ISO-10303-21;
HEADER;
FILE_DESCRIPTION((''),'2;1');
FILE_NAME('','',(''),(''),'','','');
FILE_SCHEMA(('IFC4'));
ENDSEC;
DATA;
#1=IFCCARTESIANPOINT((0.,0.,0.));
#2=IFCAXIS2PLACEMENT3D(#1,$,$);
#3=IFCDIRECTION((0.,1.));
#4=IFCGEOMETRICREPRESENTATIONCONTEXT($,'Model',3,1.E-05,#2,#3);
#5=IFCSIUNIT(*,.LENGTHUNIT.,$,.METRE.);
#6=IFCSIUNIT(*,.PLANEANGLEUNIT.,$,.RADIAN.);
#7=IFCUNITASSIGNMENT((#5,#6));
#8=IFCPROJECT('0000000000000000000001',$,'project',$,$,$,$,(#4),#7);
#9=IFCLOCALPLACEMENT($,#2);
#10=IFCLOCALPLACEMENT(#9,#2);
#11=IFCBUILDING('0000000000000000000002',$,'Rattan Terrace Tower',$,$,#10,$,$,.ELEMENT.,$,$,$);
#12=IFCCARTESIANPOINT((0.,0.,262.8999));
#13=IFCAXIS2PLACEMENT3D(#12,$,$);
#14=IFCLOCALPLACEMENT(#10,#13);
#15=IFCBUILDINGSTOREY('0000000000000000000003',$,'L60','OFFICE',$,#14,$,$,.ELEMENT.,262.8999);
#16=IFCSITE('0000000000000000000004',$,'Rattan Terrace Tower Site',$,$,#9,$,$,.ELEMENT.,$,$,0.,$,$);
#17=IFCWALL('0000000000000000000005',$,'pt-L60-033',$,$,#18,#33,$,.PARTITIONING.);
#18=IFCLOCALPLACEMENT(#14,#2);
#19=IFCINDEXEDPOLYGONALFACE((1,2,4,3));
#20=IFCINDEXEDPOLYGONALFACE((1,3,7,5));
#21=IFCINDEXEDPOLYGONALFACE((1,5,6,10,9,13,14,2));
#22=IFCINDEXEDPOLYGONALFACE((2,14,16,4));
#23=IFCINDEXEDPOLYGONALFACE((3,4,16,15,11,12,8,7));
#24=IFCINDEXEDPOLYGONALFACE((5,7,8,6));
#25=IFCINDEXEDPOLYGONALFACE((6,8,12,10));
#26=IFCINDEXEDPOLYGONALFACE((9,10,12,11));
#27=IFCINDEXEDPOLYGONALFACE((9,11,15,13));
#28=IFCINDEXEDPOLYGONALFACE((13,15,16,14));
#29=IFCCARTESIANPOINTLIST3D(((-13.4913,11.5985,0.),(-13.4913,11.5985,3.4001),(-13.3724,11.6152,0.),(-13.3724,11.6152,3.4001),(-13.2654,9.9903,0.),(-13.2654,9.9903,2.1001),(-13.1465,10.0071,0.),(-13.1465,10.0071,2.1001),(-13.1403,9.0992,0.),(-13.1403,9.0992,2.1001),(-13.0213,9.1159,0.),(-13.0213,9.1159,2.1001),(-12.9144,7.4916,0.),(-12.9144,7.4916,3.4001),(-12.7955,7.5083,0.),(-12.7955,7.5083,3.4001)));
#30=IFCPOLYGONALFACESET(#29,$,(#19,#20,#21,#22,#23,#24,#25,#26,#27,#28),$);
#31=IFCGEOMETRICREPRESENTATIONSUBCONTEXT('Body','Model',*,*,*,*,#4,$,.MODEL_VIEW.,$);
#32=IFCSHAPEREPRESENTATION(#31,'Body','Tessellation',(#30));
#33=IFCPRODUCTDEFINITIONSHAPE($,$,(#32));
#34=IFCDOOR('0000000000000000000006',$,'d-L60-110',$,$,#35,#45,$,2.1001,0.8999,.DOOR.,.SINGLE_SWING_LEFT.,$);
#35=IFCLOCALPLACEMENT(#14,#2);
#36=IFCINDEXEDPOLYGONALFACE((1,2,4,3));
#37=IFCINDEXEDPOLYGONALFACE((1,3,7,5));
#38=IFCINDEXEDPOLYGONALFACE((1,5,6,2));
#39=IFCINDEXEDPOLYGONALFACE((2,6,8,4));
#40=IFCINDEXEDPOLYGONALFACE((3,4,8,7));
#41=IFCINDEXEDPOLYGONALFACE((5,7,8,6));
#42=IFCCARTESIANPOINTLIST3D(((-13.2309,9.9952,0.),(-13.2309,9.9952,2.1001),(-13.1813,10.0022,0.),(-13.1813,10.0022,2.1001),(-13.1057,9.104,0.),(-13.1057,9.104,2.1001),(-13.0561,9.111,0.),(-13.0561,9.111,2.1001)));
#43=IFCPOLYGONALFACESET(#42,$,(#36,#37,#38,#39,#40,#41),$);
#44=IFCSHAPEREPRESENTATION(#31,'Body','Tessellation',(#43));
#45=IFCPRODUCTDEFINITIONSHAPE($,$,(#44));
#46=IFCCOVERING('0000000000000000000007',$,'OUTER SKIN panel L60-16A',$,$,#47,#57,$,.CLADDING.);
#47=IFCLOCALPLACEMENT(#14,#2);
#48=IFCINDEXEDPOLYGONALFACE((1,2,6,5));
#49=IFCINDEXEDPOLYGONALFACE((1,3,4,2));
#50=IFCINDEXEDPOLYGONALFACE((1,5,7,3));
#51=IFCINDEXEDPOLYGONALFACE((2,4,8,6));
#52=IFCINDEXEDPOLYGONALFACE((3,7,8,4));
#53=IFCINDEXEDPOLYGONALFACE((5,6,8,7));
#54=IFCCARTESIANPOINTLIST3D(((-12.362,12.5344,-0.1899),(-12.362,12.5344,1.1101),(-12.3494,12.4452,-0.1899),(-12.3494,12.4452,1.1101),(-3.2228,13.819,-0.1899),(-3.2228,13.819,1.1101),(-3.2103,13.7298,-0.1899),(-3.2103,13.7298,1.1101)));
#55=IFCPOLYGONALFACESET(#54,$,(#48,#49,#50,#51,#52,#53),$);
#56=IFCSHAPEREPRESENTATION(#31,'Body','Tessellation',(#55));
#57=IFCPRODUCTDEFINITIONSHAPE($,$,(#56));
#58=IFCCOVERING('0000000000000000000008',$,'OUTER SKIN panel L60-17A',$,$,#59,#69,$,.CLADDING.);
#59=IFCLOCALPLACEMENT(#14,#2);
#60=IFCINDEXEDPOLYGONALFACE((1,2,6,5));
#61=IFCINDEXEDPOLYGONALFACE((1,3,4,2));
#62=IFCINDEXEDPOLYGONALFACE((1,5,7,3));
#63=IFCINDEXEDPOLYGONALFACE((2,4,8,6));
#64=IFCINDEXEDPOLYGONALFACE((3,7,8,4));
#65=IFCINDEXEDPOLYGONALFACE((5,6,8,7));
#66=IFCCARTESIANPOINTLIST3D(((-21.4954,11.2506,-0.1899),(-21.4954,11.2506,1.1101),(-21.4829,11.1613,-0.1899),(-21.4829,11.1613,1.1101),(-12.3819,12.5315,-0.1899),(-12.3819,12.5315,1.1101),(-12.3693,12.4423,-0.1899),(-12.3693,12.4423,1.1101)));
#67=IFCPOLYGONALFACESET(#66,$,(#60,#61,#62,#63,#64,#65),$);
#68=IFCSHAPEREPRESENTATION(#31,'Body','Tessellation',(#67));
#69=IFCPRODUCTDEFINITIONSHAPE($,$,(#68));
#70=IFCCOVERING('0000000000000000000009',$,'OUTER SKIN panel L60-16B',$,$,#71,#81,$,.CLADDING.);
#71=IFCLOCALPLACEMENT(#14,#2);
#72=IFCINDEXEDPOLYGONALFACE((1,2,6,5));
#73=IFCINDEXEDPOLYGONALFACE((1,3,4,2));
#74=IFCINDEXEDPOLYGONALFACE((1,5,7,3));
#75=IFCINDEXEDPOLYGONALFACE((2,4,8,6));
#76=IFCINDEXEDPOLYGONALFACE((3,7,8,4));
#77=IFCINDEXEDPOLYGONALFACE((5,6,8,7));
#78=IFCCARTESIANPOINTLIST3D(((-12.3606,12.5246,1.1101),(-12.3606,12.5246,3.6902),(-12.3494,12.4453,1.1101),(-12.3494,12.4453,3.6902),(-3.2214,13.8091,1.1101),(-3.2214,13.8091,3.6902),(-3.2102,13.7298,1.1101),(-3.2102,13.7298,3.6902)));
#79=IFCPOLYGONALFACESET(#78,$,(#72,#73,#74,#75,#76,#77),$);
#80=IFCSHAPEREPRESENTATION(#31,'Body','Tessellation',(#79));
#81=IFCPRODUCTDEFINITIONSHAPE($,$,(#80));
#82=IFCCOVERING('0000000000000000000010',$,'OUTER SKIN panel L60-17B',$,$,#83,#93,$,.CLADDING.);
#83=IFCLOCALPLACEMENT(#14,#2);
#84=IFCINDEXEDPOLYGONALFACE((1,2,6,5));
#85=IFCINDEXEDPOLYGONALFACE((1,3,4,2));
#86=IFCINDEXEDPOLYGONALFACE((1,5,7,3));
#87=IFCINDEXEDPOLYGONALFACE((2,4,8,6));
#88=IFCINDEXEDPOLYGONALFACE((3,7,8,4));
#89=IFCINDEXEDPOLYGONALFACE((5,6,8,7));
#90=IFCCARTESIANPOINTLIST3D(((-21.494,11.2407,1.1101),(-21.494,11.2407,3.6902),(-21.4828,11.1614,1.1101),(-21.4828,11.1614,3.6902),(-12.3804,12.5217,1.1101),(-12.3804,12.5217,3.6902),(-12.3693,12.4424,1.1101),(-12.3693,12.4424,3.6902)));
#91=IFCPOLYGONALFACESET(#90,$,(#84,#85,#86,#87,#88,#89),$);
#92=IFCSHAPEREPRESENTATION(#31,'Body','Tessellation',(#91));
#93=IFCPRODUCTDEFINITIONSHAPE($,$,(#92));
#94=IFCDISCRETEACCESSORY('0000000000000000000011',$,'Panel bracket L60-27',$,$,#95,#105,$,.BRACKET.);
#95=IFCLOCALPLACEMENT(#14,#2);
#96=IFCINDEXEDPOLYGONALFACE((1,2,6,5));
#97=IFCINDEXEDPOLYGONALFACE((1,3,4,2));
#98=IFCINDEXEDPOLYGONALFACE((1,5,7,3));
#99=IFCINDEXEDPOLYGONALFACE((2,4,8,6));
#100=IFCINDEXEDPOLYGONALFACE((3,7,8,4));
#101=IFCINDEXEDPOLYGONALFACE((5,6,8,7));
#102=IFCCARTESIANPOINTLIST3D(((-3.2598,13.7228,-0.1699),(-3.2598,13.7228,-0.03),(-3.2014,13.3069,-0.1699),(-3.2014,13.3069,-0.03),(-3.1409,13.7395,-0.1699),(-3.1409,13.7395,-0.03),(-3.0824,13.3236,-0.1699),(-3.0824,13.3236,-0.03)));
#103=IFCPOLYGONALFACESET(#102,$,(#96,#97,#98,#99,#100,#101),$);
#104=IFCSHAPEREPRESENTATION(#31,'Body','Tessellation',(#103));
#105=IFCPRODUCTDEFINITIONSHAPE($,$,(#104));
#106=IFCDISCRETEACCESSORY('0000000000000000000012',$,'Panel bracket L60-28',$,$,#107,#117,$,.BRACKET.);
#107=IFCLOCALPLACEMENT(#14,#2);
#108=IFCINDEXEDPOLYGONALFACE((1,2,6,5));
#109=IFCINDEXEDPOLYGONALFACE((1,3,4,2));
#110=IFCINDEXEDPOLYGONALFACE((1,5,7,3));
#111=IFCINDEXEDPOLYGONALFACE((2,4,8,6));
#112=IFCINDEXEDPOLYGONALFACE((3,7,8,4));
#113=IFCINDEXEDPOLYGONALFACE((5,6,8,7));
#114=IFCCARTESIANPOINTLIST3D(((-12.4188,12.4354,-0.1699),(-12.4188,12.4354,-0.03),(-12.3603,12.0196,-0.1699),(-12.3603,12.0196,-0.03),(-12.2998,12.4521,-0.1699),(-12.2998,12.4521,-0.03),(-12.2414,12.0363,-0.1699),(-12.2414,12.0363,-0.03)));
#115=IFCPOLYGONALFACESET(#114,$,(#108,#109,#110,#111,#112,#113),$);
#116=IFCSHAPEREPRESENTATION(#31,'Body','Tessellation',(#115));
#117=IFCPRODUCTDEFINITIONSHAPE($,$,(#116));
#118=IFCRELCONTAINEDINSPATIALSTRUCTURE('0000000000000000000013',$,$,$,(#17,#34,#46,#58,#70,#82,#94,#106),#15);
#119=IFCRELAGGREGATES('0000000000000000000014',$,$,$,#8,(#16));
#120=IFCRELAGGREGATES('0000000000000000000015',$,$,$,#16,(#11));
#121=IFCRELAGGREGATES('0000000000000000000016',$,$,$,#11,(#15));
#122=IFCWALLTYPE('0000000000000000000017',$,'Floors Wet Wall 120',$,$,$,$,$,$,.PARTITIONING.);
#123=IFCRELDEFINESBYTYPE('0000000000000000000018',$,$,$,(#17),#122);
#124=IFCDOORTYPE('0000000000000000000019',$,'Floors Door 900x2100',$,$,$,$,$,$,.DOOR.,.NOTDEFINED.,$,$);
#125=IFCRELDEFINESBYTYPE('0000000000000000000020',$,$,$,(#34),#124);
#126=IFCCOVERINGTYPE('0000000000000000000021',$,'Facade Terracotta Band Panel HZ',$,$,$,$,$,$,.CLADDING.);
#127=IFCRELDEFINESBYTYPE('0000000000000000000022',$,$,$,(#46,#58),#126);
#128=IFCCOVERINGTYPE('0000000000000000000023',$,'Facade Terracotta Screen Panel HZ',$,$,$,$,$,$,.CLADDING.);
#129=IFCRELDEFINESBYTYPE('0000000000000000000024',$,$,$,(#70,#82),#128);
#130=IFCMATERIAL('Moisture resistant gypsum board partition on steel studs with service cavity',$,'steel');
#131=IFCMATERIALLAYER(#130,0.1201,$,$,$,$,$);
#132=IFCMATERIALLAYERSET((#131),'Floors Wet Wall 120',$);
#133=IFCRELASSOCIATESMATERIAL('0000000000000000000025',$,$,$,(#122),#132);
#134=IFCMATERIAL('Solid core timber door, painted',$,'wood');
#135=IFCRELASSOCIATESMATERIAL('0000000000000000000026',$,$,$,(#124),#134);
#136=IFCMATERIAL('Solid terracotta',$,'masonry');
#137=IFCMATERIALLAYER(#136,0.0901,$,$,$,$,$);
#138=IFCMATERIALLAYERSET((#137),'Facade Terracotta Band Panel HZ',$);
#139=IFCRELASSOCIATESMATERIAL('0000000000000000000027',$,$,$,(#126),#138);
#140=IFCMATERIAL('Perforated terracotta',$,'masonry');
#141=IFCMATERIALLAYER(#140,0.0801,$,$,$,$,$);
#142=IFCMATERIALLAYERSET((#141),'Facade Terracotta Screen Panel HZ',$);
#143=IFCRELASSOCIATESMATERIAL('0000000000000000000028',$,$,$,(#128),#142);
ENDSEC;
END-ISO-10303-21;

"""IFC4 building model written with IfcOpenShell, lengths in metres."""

from ifc_helpers import new_model, si_unit, direction, frame, frame_2d, origin, origin_2d, place, context, subcontext, project, spatial, rectangle, extrude, material, layer, layer_set, type_object, element, fill, save


model = new_model("IFC4")

# Units and contexts
model_context = context("Model", 3, precision=1e-05, world=origin(), true_north=direction((0.0, 1.0)))
body_context = subcontext(model_context, "Body", "Model", "MODEL_VIEW")
ifc_project = project(units=[si_unit("LENGTHUNIT", "METRE"), si_unit("PLANEANGLEUNIT", "RADIAN")], contexts=[model_context])

# Site, building, storey
site_placement = place(None, origin())
site = spatial("IfcSite", under=ifc_project, at=site_placement, Name="Rattan Terrace Tower Site", CompositionType="ELEMENT", RefElevation=0.0)
building_placement = place(site_placement, origin())
building = spatial("IfcBuilding", under=site, at=building_placement, Name="Rattan Terrace Tower", CompositionType="ELEMENT")
storey_placement = place(building_placement, frame((0.0, 0.0, 262.8999)))
storey = spatial("IfcBuildingStorey", under=building, at=storey_placement, Name="L60", Description="OFFICE", CompositionType="ELEMENT", Elevation=262.8999)

# Wall, opening, door
ifc_material_1 = material(Name="Moisture resistant gypsum board partition on steel studs with service cavity", Category="steel")
ifc_layer_1 = layer(ifc_material_1, 0.1201)
ifc_layer_set_1 = layer_set([ifc_layer_1], Name="Floors Wet Wall 120")
wall_type_1 = type_object("IfcWallType", Name="Floors Wet Wall 120", PredefinedType="PARTITIONING", material=ifc_layer_set_1)
wall_1_placement = place(storey_placement, frame((-13.4319, 11.6069, 0.0), z_axis=(0.0, 0.0, 1.0), x_axis=(0.139105, -0.990278, 0.0)))
wall_1 = element("IfcWall", 1, at=wall_1_placement, inside=storey, type_object=wall_type_1, Name="pt-L60-033", PredefinedType="PARTITIONING", context=body_context, shape_type="SweptSolid", body=[
    extrude(rectangle(XDim=4.1472, YDim=0.1201, at=frame_2d((2.0737, 0.0))), origin(), (0.0, 0.0, 1.0), 3.4001),
])
opening_1_placement = place(wall_1_placement, frame((1.624, 0.0, 0.0)))
opening_1 = element("IfcOpeningElement", 2, at=opening_1_placement, cuts=wall_1, PredefinedType="OPENING", context=body_context, shape_type="SweptSolid", body=[
    extrude(rectangle(XDim=0.8999, YDim=2.1001, at=frame_2d((0.45, 1.05))), frame((0.0, 0.0706, 0.0), z_axis=(0.0, -1.0, 0.0), x_axis=(1.0, 0.0, 0.0)), (0.0, 0.0, 1.0), 0.1411),
])
ifc_material_2 = material(Name="Solid core timber door, painted", Category="wood")
door_type_1 = type_object("IfcDoorType", Name="Floors Door 900x2100", OperationType="NOTDEFINED", PredefinedType="DOOR", material=ifc_material_2)
door_1_placement = place(opening_1_placement, origin())
door_1 = element("IfcDoor", 3, at=door_1_placement, inside=storey, type_object=door_type_1, Name="d-L60-110", OperationType="SINGLE_SWING_LEFT", OverallHeight=2.1001, OverallWidth=0.8999, PredefinedType="DOOR", context=body_context, shape_type="SweptSolid", body=[
    extrude(rectangle(XDim=0.8999, YDim=2.1001, at=frame_2d((0.45, 1.05))), frame((0.0, 0.0249, 0.0), z_axis=(0.0, -1.0, 0.0), x_axis=(1.0, 0.0, 0.0)), (0.0, 0.0, 1.0), 0.05),
])
fill(opening_1, door_1)

# Coverings
ifc_material_3 = material(Name="Solid terracotta", Category="masonry")
ifc_layer_2 = layer(ifc_material_3, 0.0901)
ifc_layer_set_2 = layer_set([ifc_layer_2], Name="Facade Terracotta Band Panel HZ")
covering_type_1 = type_object("IfcCoveringType", Name="Facade Terracotta Band Panel HZ", PredefinedType="CLADDING", material=ifc_layer_set_2)
covering_1_placement = place(storey_placement, frame((-7.7861, 13.1321, -0.1899), z_axis=(0.0, 0.0, 1.0), x_axis=(-0.990266, -0.139189, 0.0)))
element("IfcCovering", 4, at=covering_1_placement, inside=storey, type_object=covering_type_1, Name="OUTER SKIN panel L60-16A", PredefinedType="CLADDING", context=body_context, shape_type="SweptSolid", body=[
    extrude(rectangle(XDim=9.229, YDim=0.0901, at=origin_2d()), origin(), (0.0, 0.0, 1.0), 1.3),
])
covering_2_placement = place(storey_placement, frame((-16.9324, 11.8464, -0.1899), z_axis=(0.0, 0.0, 1.0), x_axis=(-0.990266, -0.139189, 0.0)))
element("IfcCovering", 5, at=covering_2_placement, inside=storey, type_object=covering_type_1, Name="OUTER SKIN panel L60-17A", PredefinedType="CLADDING", context=body_context, shape_type="SweptSolid", body=[
    extrude(rectangle(XDim=9.2031, YDim=0.0901, at=origin_2d()), origin(), (0.0, 0.0, 1.0), 1.3),
])
ifc_material_4 = material(Name="Perforated terracotta", Category="masonry")
ifc_layer_3 = layer(ifc_material_4, 0.0801)
ifc_layer_set_3 = layer_set([ifc_layer_3], Name="Facade Terracotta Screen Panel HZ")
covering_type_2 = type_object("IfcCoveringType", Name="Facade Terracotta Screen Panel HZ", PredefinedType="CLADDING", material=ifc_layer_set_3)
covering_3_placement = place(storey_placement, frame((-7.7854, 13.1272, 1.1101), z_axis=(0.0, 0.0, 1.0), x_axis=(-0.990266, -0.139189, 0.0)))
element("IfcCovering", 6, at=covering_3_placement, inside=storey, type_object=covering_type_2, Name="OUTER SKIN panel L60-16B", PredefinedType="CLADDING", context=body_context, shape_type="SweptSolid", body=[
    extrude(rectangle(XDim=9.229, YDim=0.0801, at=origin_2d()), origin(), (0.0, 0.0, 1.0), 2.5801),
])
covering_4_placement = place(storey_placement, frame((-16.9316, 11.8416, 1.1101), z_axis=(0.0, 0.0, 1.0), x_axis=(-0.990266, -0.139189, 0.0)))
element("IfcCovering", 7, at=covering_4_placement, inside=storey, type_object=covering_type_2, Name="OUTER SKIN panel L60-17B", PredefinedType="CLADDING", context=body_context, shape_type="SweptSolid", body=[
    extrude(rectangle(XDim=9.2031, YDim=0.0801, at=origin_2d()), origin(), (0.0, 0.0, 1.0), 2.5801),
])

# Discrete accessories
for number, where, z_axis, x_axis, name in (
    (8, (-3.1711, 13.5232, -0.1699), (0.0, 0.0, 1.0), (-0.990266, -0.139189, 0.0), "Panel bracket L60-27"),
    (9, (-12.3301, 12.2358, -0.1699), (0.0, 0.0, 1.0), (-0.990266, -0.139189, 0.0), "Panel bracket L60-28"),
):
    element("IfcDiscreteAccessory", number, at=place(storey_placement, frame(where, z_axis=z_axis, x_axis=x_axis)), inside=storey, Name=name, PredefinedType="BRACKET", context=body_context, shape_type="SweptSolid", body=[
        extrude(rectangle(XDim=0.1201, YDim=0.4199, at=origin_2d()), origin(), (0.0, 0.0, 1.0), 0.1399),
    ])

save(model, "model.ifc")
